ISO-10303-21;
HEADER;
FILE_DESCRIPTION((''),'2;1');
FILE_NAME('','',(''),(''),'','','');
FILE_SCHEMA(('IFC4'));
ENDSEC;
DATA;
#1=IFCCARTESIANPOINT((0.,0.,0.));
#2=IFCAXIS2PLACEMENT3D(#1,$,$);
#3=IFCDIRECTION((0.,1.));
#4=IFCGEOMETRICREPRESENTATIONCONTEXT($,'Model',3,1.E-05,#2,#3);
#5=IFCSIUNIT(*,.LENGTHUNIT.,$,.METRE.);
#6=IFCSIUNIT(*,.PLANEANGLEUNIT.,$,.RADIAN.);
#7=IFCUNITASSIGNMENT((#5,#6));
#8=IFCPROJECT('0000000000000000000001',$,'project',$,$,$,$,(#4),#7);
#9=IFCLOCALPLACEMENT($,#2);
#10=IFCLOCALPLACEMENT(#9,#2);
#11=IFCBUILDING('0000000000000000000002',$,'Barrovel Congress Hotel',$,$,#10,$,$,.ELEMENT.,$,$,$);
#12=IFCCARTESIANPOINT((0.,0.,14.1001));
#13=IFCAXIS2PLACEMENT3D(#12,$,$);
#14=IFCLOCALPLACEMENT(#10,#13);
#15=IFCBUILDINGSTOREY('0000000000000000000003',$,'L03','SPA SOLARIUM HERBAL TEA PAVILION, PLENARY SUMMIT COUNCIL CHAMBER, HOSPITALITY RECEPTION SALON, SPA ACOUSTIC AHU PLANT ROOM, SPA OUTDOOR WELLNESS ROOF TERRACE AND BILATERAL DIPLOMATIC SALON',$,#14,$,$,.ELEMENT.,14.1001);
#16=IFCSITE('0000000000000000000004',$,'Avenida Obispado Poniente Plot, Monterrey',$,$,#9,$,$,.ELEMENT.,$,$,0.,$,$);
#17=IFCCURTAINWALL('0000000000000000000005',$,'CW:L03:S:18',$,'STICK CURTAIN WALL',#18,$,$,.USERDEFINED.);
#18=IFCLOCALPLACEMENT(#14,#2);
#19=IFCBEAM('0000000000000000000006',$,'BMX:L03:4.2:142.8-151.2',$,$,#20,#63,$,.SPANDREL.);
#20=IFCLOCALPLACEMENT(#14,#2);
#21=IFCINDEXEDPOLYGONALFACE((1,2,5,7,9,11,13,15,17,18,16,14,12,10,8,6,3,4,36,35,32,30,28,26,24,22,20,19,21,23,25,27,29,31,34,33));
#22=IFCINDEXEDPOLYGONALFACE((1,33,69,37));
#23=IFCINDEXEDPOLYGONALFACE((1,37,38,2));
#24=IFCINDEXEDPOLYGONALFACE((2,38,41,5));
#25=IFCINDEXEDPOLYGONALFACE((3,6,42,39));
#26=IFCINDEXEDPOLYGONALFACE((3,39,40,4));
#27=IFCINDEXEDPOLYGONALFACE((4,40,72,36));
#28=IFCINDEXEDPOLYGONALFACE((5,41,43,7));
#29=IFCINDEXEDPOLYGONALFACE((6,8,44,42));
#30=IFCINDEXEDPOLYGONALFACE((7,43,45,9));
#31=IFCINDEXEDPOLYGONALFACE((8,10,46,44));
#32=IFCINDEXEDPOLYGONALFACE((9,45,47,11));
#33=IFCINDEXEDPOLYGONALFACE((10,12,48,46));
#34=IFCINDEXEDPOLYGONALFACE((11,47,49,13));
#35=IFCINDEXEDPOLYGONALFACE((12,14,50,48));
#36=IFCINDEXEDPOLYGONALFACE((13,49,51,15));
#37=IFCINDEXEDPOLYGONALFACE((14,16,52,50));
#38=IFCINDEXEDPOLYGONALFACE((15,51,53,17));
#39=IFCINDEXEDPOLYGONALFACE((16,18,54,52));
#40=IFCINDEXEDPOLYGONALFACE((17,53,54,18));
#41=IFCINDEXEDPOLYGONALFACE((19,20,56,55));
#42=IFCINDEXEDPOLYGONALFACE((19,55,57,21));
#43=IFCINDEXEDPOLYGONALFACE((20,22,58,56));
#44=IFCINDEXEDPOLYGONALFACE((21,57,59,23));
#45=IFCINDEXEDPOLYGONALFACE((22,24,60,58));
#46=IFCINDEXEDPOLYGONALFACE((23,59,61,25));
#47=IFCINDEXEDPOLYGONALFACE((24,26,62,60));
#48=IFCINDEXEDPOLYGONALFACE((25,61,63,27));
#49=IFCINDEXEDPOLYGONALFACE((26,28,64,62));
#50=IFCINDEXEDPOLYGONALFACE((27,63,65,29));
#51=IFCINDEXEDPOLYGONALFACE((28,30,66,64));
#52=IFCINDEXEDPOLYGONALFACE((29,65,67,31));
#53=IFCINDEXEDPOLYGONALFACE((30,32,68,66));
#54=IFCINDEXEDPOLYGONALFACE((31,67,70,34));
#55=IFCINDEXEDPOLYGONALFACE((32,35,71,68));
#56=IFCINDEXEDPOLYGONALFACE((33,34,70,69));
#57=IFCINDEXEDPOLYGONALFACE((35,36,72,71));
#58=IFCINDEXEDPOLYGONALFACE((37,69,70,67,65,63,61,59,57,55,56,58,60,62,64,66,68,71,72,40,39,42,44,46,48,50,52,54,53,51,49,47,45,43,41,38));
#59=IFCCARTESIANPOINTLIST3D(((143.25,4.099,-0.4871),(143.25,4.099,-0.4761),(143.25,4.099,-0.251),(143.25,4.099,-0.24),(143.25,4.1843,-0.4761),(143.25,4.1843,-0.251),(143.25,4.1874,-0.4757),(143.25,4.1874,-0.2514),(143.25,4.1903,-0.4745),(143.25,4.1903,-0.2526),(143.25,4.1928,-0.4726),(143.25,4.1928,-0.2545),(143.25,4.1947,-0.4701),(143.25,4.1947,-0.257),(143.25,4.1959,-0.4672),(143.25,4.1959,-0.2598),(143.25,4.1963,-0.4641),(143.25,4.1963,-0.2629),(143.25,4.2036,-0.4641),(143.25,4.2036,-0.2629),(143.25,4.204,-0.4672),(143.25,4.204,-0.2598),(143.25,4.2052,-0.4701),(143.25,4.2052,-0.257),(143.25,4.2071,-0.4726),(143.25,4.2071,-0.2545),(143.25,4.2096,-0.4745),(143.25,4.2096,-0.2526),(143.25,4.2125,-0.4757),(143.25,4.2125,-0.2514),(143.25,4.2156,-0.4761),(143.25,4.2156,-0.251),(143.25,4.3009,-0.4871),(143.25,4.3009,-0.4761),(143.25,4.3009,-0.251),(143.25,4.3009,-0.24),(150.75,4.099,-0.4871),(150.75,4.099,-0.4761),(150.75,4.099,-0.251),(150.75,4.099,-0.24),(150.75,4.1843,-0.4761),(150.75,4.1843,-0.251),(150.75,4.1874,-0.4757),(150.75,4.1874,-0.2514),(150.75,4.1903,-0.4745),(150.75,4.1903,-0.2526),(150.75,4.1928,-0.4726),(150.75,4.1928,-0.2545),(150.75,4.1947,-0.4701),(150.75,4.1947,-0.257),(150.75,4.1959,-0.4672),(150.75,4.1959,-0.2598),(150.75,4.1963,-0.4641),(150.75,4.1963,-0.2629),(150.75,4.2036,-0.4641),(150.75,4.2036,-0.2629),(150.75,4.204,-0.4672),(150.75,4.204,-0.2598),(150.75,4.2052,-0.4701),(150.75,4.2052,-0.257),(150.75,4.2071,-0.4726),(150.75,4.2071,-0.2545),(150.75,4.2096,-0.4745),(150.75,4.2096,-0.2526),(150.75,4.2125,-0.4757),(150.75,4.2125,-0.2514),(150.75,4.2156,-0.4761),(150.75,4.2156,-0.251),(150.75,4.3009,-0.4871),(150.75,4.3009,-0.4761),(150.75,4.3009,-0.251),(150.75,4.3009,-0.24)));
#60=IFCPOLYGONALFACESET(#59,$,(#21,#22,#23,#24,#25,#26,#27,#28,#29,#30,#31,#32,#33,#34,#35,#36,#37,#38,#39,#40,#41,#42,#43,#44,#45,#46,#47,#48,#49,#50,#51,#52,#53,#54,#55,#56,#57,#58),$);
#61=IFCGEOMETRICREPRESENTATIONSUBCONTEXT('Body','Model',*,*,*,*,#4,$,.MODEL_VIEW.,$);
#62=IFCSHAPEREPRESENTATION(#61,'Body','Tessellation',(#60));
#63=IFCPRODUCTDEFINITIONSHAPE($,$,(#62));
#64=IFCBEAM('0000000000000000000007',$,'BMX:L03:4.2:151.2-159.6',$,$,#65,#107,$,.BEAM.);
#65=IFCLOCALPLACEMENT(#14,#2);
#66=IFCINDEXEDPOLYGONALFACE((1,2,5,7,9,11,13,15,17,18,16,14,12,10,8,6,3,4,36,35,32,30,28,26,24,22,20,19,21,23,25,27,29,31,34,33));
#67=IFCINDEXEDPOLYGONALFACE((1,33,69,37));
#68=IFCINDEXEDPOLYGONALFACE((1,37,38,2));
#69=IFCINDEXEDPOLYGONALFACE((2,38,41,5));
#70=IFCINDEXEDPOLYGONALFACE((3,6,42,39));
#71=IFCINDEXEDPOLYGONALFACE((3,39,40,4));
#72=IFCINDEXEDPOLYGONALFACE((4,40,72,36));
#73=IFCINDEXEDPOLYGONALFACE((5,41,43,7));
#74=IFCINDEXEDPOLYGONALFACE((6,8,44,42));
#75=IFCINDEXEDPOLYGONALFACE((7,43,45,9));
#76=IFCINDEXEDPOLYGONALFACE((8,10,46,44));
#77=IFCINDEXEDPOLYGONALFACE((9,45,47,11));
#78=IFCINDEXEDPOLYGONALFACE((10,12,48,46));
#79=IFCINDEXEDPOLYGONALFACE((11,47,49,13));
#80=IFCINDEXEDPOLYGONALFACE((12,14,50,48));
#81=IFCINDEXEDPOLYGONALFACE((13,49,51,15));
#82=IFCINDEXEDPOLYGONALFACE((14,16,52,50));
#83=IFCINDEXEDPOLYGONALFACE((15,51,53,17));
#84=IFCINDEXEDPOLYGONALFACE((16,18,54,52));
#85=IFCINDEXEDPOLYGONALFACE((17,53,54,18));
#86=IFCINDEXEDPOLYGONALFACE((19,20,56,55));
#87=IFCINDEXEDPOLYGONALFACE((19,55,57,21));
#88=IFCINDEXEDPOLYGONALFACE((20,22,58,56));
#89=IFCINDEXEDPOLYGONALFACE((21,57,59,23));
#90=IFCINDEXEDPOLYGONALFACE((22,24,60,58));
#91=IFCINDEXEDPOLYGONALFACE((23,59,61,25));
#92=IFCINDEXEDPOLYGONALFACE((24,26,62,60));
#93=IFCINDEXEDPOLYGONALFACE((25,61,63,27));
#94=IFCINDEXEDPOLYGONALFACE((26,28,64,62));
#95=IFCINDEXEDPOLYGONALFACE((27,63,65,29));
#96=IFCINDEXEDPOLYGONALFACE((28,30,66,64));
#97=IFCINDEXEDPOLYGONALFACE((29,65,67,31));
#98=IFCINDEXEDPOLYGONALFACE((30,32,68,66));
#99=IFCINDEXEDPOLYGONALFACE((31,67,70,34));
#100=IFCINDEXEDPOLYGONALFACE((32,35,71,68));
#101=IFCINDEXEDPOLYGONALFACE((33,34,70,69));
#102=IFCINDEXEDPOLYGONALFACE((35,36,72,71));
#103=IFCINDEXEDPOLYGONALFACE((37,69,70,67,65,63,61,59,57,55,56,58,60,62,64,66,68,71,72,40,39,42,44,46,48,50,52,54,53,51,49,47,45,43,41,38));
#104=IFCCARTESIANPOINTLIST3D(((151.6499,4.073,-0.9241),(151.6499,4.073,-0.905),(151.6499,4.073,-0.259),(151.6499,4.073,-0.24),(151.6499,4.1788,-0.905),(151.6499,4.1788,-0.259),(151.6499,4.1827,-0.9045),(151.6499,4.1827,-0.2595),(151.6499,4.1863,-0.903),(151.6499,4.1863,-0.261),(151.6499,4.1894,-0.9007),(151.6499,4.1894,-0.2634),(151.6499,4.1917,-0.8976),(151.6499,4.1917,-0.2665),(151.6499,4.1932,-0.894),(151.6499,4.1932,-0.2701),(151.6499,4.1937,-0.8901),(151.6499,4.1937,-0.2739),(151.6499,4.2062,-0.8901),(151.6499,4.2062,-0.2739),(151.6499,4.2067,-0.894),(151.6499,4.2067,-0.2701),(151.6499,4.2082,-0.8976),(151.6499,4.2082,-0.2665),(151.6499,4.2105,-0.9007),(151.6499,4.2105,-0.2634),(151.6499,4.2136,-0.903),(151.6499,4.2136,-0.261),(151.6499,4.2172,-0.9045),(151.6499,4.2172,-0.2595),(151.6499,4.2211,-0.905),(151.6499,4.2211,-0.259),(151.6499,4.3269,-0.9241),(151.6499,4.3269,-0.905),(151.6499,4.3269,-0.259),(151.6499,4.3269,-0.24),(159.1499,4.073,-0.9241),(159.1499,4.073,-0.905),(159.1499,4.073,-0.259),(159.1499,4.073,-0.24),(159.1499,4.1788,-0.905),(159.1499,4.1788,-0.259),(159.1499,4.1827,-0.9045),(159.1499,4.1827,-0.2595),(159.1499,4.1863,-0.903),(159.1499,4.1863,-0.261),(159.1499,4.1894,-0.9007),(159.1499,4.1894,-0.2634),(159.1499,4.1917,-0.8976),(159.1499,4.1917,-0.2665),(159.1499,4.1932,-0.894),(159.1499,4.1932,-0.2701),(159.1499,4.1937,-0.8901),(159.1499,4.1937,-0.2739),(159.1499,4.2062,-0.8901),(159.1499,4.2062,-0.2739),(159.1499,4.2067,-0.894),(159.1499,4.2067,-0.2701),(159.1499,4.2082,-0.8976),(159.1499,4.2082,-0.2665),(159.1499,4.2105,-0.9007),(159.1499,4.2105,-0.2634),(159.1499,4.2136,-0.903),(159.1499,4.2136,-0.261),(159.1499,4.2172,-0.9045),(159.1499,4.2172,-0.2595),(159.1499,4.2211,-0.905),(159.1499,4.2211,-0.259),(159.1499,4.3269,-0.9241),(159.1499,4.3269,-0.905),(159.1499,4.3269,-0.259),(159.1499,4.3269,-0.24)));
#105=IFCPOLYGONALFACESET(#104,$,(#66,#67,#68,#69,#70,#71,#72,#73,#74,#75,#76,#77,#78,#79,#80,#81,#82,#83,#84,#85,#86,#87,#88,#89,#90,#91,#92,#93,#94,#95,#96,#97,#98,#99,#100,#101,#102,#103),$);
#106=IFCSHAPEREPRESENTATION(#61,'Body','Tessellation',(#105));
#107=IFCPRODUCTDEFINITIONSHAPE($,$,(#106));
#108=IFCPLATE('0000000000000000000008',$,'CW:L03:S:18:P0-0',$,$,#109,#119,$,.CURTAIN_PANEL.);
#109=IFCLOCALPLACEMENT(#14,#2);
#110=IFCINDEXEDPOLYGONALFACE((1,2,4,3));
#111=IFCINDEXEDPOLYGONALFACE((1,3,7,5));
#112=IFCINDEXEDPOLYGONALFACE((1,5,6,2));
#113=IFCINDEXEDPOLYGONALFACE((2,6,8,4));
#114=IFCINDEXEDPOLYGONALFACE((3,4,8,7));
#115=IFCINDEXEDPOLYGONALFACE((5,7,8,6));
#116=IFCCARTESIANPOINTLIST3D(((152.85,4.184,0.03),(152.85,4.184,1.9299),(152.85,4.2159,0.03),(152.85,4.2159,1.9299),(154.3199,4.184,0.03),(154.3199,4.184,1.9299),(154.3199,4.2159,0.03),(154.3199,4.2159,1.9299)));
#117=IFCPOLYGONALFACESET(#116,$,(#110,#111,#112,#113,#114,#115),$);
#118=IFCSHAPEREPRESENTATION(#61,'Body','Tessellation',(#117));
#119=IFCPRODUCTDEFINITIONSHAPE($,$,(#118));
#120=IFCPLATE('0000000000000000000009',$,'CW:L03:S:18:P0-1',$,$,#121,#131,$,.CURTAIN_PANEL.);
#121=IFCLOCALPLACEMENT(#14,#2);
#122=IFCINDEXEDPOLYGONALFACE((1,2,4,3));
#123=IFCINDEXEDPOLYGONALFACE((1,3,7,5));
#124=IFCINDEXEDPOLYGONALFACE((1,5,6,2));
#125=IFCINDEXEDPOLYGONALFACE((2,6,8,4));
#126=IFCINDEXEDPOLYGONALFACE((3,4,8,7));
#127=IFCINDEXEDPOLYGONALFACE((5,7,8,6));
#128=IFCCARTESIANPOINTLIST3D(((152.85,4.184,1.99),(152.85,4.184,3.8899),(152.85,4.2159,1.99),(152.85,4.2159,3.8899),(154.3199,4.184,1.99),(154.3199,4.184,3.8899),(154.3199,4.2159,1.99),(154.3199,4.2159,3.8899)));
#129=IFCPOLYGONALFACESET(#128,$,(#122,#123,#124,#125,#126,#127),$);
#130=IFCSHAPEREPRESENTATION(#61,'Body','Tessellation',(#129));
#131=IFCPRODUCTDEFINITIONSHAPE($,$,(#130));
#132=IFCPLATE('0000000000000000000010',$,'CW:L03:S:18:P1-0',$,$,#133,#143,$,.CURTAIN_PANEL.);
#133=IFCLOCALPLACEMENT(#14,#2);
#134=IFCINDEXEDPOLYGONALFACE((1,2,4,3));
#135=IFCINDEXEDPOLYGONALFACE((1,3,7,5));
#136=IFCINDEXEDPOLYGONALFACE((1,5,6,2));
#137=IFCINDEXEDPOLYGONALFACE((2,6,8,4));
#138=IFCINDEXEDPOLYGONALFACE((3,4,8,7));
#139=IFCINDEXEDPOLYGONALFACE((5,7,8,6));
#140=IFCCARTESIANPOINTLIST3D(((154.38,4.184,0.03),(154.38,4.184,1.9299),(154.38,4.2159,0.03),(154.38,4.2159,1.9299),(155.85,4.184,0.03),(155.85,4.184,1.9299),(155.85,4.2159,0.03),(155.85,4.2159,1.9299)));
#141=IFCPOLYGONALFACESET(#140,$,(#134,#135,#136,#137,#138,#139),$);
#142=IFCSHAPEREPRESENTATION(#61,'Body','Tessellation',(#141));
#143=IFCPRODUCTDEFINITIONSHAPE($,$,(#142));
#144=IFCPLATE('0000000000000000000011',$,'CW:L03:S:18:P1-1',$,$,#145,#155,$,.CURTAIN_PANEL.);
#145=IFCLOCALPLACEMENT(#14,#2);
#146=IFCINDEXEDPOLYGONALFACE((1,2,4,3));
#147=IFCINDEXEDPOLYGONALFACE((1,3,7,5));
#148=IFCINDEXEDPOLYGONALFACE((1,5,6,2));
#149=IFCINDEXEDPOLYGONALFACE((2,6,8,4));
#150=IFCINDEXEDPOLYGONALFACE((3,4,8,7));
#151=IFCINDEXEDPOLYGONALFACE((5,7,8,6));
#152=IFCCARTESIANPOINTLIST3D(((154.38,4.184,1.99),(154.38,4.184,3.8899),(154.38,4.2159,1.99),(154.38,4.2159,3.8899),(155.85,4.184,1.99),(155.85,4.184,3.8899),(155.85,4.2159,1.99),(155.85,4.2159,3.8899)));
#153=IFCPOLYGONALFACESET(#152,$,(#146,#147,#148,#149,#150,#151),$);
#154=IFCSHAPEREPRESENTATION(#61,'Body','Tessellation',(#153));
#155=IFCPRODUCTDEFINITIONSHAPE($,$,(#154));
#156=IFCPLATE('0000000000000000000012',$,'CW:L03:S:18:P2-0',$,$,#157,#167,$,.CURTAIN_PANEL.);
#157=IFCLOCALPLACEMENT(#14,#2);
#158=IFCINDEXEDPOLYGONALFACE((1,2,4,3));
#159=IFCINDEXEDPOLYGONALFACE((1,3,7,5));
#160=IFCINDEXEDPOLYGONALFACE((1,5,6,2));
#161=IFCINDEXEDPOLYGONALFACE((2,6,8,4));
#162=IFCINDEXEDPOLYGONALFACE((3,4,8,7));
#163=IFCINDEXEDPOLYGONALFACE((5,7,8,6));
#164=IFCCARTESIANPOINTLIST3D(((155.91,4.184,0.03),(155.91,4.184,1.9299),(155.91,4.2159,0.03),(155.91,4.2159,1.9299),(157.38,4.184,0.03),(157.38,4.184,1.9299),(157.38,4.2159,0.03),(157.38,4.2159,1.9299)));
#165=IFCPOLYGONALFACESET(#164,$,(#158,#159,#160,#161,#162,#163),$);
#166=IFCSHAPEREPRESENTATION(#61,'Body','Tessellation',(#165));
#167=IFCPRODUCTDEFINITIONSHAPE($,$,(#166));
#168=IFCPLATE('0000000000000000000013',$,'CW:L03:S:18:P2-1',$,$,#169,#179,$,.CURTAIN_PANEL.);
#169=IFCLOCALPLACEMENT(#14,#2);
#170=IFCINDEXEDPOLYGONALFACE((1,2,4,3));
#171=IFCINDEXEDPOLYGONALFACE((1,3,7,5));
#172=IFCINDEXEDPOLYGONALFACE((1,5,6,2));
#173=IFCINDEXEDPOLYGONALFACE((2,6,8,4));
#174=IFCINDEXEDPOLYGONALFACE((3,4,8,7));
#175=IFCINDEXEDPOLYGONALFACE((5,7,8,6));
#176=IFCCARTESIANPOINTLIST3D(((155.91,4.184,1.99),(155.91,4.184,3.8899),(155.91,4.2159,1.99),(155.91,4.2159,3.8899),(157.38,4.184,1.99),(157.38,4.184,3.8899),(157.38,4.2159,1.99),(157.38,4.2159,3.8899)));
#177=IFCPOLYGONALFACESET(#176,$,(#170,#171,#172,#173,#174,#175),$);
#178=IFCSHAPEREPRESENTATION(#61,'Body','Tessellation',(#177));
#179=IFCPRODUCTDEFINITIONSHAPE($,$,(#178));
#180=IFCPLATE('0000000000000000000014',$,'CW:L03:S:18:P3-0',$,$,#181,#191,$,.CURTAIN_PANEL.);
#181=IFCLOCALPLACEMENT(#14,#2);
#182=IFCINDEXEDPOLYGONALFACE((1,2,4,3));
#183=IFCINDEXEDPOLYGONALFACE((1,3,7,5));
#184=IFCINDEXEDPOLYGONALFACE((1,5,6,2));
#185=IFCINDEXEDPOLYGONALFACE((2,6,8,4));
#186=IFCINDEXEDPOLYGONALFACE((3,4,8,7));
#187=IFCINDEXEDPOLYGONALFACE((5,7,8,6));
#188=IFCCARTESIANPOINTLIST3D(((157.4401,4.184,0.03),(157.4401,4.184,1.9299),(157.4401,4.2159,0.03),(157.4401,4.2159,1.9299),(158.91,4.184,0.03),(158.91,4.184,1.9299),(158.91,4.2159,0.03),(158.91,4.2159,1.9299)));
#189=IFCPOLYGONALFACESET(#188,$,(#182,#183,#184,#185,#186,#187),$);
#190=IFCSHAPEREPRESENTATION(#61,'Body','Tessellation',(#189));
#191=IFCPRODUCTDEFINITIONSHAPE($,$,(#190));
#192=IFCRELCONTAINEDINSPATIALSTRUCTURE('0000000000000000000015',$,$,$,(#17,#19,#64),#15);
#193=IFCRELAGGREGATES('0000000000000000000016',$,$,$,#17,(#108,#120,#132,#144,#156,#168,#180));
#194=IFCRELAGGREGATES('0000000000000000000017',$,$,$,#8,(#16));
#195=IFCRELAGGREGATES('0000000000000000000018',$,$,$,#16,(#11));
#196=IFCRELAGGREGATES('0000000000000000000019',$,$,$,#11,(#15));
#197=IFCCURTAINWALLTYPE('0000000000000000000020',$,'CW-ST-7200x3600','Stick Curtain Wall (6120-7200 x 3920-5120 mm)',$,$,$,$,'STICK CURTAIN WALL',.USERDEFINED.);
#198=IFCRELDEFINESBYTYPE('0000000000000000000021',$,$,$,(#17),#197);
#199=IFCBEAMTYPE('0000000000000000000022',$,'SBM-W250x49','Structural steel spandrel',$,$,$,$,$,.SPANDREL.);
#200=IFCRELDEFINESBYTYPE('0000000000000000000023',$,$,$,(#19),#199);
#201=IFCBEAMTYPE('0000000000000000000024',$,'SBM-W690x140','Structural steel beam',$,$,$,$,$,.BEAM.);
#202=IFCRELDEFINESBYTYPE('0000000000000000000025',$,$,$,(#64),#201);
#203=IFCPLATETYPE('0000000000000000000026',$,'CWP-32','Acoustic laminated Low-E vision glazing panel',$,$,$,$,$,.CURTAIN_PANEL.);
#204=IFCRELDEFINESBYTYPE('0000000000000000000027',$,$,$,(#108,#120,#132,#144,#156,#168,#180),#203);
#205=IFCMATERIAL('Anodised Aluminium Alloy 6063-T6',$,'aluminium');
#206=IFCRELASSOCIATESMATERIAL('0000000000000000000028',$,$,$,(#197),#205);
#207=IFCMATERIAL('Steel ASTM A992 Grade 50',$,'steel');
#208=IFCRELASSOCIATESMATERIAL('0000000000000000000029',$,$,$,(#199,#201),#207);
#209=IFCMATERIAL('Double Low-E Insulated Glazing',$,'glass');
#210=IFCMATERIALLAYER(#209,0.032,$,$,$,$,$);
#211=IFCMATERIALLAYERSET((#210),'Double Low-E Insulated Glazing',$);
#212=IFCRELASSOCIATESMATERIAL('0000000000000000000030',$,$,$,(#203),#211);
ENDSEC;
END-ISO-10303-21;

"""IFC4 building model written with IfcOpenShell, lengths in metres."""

from ifc_helpers import new_model, si_unit, direction, frame, origin, origin_2d, place, context, subcontext, project, spatial, rectangle, i_section, extrude, material, layer, layer_set, material_profile, profile_set, type_object, element, aggregate, save


model = new_model("IFC4")

# Units and contexts
model_context = context("Model", 3, precision=1e-05, world=origin(), true_north=direction((0.0, 1.0)))
body_context = subcontext(model_context, "Body", "Model", "MODEL_VIEW")
ifc_project = project(units=[si_unit("LENGTHUNIT", "METRE"), si_unit("PLANEANGLEUNIT", "RADIAN")], contexts=[model_context])

# Site, building, storey
site_placement = place(None, origin())
site = spatial("IfcSite", under=ifc_project, at=site_placement, Name="Avenida Obispado Poniente Plot, Monterrey", CompositionType="ELEMENT", RefElevation=0.0)
building_placement = place(site_placement, origin())
building = spatial("IfcBuilding", under=site, at=building_placement, Name="Barrovel Congress Hotel", CompositionType="ELEMENT")
storey_placement = place(building_placement, frame((0.0, 0.0, 14.1001)))
storey = spatial("IfcBuildingStorey", under=building, at=storey_placement, Name="L03", Description="SPA SOLARIUM HERBAL TEA PAVILION, PLENARY SUMMIT COUNCIL CHAMBER, HOSPITALITY RECEPTION SALON, SPA ACOUSTIC AHU PLANT ROOM, SPA OUTDOOR WELLNESS ROOF TERRACE AND BILATERAL DIPLOMATIC SALON", CompositionType="ELEMENT", Elevation=14.1001)

# Curtain wall
ifc_material_1 = material(Name="Anodised Aluminium Alloy 6063-T6", Category="aluminium")
curtain_wall_type = type_object("IfcCurtainWallType", Name="CW-ST-7200x3600", Description="Stick Curtain Wall (6120-7200 x 3920-5120 mm)", ElementType="STICK CURTAIN WALL", PredefinedType="USERDEFINED", material=ifc_material_1)
curtain_wall_placement = place(storey_placement, origin())
curtain_wall = element("IfcCurtainWall", 1, at=curtain_wall_placement, inside=storey, type_object=curtain_wall_type, Name="CW:L03:S:18", ObjectType="STICK CURTAIN WALL", PredefinedType="USERDEFINED")

# Beams
ifc_material_2 = material(Name="Steel ASTM A992 Grade 50", Category="steel")
ifc_material_profile_1 = material_profile(ifc_material_2, i_section(OverallWidth=0.2019, OverallDepth=0.2471, WebThickness=0.0073, FlangeThickness=0.011, FilletRadius=0.012, at=origin_2d()), Name="W250x49")
ifc_profile_set_1 = profile_set([ifc_material_profile_1], Name="Steel ASTM A992 Grade 50")
beam_type_1 = type_object("IfcBeamType", Name="SBM-W250x49", Description="Structural steel spandrel", PredefinedType="SPANDREL", material=ifc_profile_set_1)
beam_1_placement = place(storey_placement, frame((143.25, 4.2, -0.3635), z_axis=(1.0, 0.0, 0.0), x_axis=(0.0, 1.0, 0.0)))
element("IfcBeam", 2, at=beam_1_placement, inside=storey, type_object=beam_type_1, Name="BMX:L03:4.2:142.8-151.2", PredefinedType="SPANDREL", context=body_context, shape_type="SweptSolid", body=[
    extrude(i_section(OverallWidth=0.2019, OverallDepth=0.2471, WebThickness=0.0073, FlangeThickness=0.011, FilletRadius=0.012, at=origin_2d()), origin(), (0.0, 0.0, 1.0), 7.5),
])
ifc_material_profile_2 = material_profile(ifc_material_2, i_section(OverallWidth=0.2539, OverallDepth=0.6841, WebThickness=0.0125, FlangeThickness=0.019, FilletRadius=0.0149, at=origin_2d()), Name="W690x140")
ifc_profile_set_2 = profile_set([ifc_material_profile_2], Name="Steel ASTM A992 Grade 50")
beam_type_2 = type_object("IfcBeamType", Name="SBM-W690x140", Description="Structural steel beam", PredefinedType="BEAM", material=ifc_profile_set_2)
beam_2_placement = place(storey_placement, frame((151.6499, 4.2, -0.582), z_axis=(1.0, 0.0, 0.0), x_axis=(0.0, 1.0, 0.0)))
element("IfcBeam", 3, at=beam_2_placement, inside=storey, type_object=beam_type_2, Name="BMX:L03:4.2:151.2-159.6", PredefinedType="BEAM", context=body_context, shape_type="SweptSolid", body=[
    extrude(i_section(OverallWidth=0.2539, OverallDepth=0.6841, WebThickness=0.0125, FlangeThickness=0.019, FilletRadius=0.0149, at=origin_2d()), origin(), (0.0, 0.0, 1.0), 7.5),
])

# Plates
ifc_material_3 = material(Name="Double Low-E Insulated Glazing", Category="glass")
ifc_layer_1 = layer(ifc_material_3, 0.032)
ifc_layer_set_1 = layer_set([ifc_layer_1], Name="Double Low-E Insulated Glazing")
plate_type = type_object("IfcPlateType", Name="CWP-32", Description="Acoustic laminated Low-E vision glazing panel", PredefinedType="CURTAIN_PANEL", material=ifc_layer_set_1)
plate_1_placement = place(storey_placement, frame((153.585, 4.2, 0.03), z_axis=(0.0, 0.0, 1.0), x_axis=(1.0, 0.0, 0.0)))
plate_1 = element("IfcPlate", 4, at=plate_1_placement, type_object=plate_type, Name="CW:L03:S:18:P0-0", PredefinedType="CURTAIN_PANEL", context=body_context, shape_type="SweptSolid", body=[
    extrude(rectangle(XDim=1.47, YDim=0.032, at=origin_2d()), origin(), (0.0, 0.0, 1.0), 1.8999),
])
plate_2_placement = place(storey_placement, frame((153.585, 4.2, 1.99), z_axis=(0.0, 0.0, 1.0), x_axis=(1.0, 0.0, 0.0)))
plate_2 = element("IfcPlate", 5, at=plate_2_placement, type_object=plate_type, Name="CW:L03:S:18:P0-1", PredefinedType="CURTAIN_PANEL", context=body_context, shape_type="SweptSolid", body=[
    extrude(rectangle(XDim=1.47, YDim=0.032, at=origin_2d()), origin(), (0.0, 0.0, 1.0), 1.8999),
])
plate_3_placement = place(storey_placement, frame((155.115, 4.2, 0.03), z_axis=(0.0, 0.0, 1.0), x_axis=(1.0, 0.0, 0.0)))
plate_3 = element("IfcPlate", 6, at=plate_3_placement, type_object=plate_type, Name="CW:L03:S:18:P1-0", PredefinedType="CURTAIN_PANEL", context=body_context, shape_type="SweptSolid", body=[
    extrude(rectangle(XDim=1.47, YDim=0.032, at=origin_2d()), origin(), (0.0, 0.0, 1.0), 1.8999),
])
plate_4_placement = place(storey_placement, frame((155.115, 4.2, 1.99), z_axis=(0.0, 0.0, 1.0), x_axis=(1.0, 0.0, 0.0)))
plate_4 = element("IfcPlate", 7, at=plate_4_placement, type_object=plate_type, Name="CW:L03:S:18:P1-1", PredefinedType="CURTAIN_PANEL", context=body_context, shape_type="SweptSolid", body=[
    extrude(rectangle(XDim=1.47, YDim=0.032, at=origin_2d()), origin(), (0.0, 0.0, 1.0), 1.8999),
])
plate_5_placement = place(storey_placement, frame((156.645, 4.2, 0.03), z_axis=(0.0, 0.0, 1.0), x_axis=(1.0, 0.0, 0.0)))
plate_5 = element("IfcPlate", 8, at=plate_5_placement, type_object=plate_type, Name="CW:L03:S:18:P2-0", PredefinedType="CURTAIN_PANEL", context=body_context, shape_type="SweptSolid", body=[
    extrude(rectangle(XDim=1.47, YDim=0.032, at=origin_2d()), origin(), (0.0, 0.0, 1.0), 1.8999),
])
plate_6_placement = place(storey_placement, frame((156.645, 4.2, 1.99), z_axis=(0.0, 0.0, 1.0), x_axis=(1.0, 0.0, 0.0)))
plate_6 = element("IfcPlate", 9, at=plate_6_placement, type_object=plate_type, Name="CW:L03:S:18:P2-1", PredefinedType="CURTAIN_PANEL", context=body_context, shape_type="SweptSolid", body=[
    extrude(rectangle(XDim=1.47, YDim=0.032, at=origin_2d()), origin(), (0.0, 0.0, 1.0), 1.8999),
])
plate_7_placement = place(storey_placement, frame((158.175, 4.2, 0.03), z_axis=(0.0, 0.0, 1.0), x_axis=(1.0, 0.0, 0.0)))
plate_7 = element("IfcPlate", 10, at=plate_7_placement, type_object=plate_type, Name="CW:L03:S:18:P3-0", PredefinedType="CURTAIN_PANEL", context=body_context, shape_type="SweptSolid", body=[
    extrude(rectangle(XDim=1.47, YDim=0.032, at=origin_2d()), origin(), (0.0, 0.0, 1.0), 1.8999),
])
aggregate(curtain_wall, [plate_1, plate_2, plate_3, plate_4, plate_5, plate_6, plate_7])

save(model, "model.ifc")
